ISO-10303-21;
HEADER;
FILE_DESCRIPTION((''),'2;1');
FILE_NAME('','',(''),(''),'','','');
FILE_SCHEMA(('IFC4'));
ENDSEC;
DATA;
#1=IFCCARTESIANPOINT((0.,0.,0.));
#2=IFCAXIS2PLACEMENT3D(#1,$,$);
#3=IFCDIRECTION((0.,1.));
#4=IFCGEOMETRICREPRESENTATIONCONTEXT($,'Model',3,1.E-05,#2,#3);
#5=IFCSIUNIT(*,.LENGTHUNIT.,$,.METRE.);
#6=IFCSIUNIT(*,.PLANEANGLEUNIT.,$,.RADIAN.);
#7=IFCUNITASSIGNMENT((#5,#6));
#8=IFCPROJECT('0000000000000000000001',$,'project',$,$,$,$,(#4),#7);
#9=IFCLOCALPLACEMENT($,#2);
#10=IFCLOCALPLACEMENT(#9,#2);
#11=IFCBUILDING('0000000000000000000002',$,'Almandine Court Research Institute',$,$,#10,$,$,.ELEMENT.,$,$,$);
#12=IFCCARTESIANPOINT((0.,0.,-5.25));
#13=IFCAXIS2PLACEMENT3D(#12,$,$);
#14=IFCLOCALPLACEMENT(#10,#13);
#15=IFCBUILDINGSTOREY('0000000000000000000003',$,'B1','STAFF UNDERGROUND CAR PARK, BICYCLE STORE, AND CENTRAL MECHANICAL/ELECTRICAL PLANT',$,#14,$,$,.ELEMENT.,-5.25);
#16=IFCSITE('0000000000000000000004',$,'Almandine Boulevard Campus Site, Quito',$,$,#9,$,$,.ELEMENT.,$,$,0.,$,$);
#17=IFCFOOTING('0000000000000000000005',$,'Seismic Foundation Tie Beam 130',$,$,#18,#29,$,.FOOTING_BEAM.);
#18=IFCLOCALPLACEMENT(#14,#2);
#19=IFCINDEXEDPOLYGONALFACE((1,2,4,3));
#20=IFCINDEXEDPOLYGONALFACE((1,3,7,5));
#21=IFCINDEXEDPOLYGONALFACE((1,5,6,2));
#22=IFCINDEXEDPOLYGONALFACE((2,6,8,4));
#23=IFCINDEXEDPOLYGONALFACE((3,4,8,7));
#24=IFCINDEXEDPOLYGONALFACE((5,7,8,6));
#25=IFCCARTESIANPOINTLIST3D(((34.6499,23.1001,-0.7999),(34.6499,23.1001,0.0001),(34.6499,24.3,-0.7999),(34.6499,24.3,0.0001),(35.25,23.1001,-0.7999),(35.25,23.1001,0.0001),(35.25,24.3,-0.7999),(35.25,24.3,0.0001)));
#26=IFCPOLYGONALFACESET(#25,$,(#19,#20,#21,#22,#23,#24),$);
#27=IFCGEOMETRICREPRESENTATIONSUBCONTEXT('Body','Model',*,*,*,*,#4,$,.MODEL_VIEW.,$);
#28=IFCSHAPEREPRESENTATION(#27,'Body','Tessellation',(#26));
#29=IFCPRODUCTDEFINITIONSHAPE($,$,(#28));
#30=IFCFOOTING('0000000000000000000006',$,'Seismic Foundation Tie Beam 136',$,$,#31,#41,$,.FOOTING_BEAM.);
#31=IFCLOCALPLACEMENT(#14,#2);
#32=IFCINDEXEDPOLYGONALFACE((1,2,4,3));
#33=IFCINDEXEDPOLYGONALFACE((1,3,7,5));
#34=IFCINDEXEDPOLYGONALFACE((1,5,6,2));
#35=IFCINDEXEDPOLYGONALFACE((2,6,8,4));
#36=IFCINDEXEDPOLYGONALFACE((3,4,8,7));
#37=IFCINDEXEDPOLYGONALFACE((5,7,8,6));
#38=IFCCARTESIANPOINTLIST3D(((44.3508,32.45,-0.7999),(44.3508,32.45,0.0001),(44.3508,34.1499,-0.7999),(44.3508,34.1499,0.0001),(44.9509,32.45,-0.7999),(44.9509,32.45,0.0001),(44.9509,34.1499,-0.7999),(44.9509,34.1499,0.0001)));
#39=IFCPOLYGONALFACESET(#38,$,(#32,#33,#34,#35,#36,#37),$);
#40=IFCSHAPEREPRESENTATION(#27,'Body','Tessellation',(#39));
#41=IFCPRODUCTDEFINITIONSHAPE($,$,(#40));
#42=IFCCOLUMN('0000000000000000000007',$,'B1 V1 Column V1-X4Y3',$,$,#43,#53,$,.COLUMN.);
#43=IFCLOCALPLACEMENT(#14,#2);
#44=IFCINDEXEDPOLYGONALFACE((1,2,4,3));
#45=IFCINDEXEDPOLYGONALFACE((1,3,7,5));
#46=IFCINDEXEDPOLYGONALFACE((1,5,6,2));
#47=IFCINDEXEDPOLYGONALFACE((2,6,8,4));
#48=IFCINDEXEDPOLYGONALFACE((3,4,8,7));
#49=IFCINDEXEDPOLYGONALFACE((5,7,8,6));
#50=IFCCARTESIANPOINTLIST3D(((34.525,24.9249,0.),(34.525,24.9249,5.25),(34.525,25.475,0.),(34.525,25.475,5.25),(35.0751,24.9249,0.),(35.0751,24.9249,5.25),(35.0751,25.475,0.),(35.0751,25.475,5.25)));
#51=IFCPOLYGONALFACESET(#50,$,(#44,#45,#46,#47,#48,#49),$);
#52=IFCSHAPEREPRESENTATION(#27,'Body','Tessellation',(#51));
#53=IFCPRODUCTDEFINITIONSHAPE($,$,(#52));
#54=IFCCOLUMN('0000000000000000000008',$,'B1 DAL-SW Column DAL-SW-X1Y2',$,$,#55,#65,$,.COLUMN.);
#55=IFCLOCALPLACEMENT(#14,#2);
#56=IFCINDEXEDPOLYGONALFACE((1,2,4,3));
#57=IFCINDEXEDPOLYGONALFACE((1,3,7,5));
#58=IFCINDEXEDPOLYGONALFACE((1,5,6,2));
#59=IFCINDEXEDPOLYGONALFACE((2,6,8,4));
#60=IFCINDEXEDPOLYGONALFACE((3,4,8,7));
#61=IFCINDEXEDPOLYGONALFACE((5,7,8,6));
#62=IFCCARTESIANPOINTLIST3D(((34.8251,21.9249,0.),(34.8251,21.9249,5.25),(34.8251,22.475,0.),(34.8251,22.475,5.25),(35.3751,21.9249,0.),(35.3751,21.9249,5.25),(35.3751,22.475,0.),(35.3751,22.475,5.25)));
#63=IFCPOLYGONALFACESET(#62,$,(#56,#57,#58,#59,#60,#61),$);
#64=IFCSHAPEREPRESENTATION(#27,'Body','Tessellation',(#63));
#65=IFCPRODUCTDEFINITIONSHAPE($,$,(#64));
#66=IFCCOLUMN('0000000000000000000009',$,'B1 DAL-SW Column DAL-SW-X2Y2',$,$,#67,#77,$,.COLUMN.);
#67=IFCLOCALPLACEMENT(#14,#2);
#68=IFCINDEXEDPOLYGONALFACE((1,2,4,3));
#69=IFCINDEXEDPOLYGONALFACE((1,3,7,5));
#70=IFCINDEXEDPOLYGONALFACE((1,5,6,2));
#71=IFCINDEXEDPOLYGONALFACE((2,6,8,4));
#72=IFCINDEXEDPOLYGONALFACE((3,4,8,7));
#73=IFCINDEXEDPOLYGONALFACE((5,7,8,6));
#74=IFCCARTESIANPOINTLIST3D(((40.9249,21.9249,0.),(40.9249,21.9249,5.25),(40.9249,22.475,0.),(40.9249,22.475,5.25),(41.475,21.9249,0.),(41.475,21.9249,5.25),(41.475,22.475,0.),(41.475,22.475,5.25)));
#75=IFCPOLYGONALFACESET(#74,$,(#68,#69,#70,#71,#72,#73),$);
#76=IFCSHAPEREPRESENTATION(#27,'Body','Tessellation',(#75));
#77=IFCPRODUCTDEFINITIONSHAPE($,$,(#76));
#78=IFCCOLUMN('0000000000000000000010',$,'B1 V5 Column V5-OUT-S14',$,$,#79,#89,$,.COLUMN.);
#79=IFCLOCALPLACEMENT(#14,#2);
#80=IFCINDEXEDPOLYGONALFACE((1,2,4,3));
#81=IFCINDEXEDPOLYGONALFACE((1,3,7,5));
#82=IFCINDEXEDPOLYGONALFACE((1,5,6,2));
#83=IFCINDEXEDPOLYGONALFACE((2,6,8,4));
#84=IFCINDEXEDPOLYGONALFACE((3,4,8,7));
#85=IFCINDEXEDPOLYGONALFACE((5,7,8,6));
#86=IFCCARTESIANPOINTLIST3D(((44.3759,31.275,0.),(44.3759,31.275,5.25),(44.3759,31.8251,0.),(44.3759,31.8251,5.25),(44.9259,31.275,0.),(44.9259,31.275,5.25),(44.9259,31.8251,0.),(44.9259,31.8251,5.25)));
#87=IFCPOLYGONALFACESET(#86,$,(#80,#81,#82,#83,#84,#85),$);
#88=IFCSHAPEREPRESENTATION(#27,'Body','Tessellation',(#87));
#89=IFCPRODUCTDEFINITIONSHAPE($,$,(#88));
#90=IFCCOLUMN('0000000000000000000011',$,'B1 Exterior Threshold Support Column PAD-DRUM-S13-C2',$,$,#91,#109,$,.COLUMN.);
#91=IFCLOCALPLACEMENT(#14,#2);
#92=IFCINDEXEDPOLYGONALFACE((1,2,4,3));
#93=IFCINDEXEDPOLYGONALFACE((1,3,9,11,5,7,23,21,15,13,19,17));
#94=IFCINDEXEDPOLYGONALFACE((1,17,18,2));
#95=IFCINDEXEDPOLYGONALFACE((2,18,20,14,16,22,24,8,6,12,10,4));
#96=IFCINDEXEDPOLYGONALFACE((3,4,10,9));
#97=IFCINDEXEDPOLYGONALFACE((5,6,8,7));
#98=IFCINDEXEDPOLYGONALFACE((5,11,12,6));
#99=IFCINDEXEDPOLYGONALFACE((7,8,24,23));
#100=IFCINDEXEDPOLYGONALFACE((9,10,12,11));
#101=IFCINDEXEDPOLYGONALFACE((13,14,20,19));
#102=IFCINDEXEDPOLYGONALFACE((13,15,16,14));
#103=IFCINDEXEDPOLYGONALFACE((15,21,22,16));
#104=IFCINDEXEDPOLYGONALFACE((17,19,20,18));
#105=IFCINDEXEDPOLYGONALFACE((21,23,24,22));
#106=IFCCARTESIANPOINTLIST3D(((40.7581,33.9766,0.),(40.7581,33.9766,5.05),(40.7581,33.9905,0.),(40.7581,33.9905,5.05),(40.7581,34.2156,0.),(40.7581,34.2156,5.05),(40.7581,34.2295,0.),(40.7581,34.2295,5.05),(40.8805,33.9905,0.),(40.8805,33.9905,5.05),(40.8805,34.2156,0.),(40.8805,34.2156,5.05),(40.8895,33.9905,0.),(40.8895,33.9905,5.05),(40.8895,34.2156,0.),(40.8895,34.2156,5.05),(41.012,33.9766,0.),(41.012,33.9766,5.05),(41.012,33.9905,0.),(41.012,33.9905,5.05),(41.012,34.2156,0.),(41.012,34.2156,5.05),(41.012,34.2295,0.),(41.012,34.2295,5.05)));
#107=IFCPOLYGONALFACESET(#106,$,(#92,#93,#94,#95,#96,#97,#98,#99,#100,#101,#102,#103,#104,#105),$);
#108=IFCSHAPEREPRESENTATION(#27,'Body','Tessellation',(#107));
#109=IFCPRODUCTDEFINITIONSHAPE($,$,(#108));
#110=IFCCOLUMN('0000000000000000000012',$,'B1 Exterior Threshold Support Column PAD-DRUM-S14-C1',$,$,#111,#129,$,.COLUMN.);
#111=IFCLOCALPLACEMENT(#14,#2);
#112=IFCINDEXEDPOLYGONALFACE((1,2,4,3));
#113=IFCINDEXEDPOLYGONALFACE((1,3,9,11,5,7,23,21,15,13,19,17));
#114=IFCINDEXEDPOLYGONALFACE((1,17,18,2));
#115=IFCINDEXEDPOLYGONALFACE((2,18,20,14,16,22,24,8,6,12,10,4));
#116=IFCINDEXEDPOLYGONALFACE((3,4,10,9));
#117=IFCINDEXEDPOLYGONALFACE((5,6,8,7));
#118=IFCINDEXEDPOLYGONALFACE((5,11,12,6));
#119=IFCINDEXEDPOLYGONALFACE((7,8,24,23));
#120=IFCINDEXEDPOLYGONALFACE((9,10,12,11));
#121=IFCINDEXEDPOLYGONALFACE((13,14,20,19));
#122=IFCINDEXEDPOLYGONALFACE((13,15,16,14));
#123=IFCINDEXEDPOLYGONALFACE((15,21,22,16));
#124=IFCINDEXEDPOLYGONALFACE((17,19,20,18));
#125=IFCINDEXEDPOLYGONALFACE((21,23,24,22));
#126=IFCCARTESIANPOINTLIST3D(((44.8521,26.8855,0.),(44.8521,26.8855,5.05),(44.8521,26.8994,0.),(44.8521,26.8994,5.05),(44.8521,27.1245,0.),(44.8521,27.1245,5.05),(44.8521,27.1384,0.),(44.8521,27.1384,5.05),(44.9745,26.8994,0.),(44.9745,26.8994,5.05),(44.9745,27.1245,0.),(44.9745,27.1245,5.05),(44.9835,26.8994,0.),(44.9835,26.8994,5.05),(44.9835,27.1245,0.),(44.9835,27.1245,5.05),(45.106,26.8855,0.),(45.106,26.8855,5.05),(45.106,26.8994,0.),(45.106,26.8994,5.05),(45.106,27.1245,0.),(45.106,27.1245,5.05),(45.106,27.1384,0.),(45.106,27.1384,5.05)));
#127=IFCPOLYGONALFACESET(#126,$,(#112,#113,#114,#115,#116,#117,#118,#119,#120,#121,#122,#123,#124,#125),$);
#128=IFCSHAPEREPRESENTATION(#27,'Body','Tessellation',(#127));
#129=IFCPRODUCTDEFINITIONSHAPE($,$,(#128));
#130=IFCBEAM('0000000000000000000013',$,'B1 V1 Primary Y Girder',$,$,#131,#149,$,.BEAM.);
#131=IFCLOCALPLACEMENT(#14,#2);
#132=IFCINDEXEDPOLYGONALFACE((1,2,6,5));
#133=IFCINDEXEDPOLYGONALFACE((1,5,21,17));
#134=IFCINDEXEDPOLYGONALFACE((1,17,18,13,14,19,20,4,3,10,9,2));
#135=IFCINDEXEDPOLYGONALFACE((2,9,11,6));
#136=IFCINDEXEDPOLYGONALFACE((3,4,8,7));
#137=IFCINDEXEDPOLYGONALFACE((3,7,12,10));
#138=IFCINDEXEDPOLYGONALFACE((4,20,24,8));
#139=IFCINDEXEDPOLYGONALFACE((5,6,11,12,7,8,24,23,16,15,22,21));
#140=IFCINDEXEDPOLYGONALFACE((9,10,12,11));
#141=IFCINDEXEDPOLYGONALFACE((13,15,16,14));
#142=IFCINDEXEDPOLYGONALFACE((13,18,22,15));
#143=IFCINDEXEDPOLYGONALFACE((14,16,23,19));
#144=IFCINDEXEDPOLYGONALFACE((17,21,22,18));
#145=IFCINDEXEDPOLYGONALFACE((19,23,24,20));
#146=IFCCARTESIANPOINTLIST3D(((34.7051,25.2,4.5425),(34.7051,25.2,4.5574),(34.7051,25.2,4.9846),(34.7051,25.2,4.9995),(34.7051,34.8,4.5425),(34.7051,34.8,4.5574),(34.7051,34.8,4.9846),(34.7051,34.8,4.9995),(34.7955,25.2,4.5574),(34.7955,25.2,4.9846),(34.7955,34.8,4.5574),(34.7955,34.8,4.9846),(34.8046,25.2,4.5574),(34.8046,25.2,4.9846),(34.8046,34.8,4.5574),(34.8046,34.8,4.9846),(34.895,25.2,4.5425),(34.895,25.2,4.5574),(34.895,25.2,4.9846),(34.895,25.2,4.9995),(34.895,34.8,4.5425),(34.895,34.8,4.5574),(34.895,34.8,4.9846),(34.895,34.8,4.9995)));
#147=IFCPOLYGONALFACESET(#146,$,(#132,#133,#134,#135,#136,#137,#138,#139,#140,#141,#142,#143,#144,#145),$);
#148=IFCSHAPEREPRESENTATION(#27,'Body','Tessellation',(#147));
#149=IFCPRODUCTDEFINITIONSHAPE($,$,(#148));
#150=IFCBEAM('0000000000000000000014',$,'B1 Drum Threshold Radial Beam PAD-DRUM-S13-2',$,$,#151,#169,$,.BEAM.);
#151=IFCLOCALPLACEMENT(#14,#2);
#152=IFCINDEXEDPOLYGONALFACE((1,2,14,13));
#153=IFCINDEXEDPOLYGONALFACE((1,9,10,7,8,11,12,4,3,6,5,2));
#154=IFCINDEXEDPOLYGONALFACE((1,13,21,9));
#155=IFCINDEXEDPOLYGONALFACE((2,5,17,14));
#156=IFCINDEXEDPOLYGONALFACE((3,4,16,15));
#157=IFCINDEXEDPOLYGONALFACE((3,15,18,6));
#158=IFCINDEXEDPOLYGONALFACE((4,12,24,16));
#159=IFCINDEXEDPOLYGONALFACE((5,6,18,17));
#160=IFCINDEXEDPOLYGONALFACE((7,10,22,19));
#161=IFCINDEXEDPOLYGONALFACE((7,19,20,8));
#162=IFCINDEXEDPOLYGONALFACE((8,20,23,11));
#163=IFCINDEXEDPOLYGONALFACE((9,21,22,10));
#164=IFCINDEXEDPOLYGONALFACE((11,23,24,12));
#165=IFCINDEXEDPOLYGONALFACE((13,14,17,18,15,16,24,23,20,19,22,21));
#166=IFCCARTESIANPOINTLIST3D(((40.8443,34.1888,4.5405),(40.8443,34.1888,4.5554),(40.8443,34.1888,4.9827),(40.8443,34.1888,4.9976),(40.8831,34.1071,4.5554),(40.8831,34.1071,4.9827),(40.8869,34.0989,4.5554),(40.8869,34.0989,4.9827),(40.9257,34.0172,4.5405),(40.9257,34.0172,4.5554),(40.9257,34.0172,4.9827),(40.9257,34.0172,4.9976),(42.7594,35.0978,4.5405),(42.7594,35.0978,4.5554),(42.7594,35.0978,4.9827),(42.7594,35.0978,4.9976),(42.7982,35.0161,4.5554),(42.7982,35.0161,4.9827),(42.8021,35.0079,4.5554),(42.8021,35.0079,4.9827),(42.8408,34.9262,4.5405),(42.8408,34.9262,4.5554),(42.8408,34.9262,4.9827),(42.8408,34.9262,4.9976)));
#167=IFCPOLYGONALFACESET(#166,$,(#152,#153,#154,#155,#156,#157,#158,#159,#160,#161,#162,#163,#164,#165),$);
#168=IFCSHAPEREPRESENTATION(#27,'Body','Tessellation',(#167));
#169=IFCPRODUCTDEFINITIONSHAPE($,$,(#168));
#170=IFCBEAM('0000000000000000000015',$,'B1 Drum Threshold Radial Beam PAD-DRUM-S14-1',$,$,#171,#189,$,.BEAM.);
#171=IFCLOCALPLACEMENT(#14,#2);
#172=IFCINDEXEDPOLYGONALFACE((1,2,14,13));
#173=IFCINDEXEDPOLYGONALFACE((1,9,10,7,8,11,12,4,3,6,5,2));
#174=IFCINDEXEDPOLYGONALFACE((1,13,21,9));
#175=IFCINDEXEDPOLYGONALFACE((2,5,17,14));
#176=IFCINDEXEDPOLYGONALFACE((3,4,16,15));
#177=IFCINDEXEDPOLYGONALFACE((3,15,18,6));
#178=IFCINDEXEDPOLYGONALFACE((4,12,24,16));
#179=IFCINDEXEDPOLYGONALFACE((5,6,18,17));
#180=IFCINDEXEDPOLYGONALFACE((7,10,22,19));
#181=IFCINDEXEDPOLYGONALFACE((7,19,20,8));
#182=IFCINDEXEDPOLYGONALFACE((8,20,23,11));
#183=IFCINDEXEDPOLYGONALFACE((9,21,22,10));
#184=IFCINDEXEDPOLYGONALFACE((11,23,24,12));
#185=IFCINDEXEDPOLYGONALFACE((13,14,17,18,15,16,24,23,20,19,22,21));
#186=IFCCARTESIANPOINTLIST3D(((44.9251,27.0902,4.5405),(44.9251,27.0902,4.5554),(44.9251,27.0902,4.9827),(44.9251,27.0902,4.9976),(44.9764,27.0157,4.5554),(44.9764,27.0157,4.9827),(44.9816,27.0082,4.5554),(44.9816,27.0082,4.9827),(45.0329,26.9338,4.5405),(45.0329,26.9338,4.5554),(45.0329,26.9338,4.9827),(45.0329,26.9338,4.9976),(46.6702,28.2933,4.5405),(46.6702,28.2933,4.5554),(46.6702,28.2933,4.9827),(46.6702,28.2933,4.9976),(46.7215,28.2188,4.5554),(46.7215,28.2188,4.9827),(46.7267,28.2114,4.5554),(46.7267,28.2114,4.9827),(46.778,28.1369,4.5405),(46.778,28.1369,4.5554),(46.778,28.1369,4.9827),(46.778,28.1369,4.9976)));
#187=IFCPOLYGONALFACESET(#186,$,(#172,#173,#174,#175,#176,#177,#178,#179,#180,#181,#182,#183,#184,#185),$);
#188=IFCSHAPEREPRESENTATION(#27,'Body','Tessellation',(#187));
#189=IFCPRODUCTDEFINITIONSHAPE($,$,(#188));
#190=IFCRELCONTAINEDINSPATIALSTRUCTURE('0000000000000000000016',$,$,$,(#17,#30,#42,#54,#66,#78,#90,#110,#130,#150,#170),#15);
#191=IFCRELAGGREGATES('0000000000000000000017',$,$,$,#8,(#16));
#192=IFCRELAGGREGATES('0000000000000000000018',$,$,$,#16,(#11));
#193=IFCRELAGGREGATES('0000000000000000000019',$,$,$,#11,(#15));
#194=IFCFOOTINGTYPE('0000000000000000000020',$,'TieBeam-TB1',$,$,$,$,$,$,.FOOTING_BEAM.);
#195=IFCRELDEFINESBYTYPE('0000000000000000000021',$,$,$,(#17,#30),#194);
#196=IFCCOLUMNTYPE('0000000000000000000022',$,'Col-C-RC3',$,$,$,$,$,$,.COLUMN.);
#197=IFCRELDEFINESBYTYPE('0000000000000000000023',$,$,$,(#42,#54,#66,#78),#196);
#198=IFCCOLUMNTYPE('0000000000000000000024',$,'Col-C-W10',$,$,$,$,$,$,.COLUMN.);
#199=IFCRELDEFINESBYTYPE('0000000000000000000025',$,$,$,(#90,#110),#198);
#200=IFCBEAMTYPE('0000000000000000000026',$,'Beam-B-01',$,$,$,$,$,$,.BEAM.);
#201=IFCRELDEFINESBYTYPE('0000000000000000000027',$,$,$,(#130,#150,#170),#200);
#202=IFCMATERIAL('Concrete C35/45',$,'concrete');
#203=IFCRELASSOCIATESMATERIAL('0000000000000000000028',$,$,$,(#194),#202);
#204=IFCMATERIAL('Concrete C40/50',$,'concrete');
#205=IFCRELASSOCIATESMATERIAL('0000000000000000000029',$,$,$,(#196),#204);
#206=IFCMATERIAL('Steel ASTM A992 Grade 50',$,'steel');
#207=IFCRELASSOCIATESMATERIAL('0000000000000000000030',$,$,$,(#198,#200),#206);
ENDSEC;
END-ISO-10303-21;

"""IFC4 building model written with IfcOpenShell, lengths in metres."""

from ifc_helpers import new_model, si_unit, direction, frame, origin, origin_2d, place, context, subcontext, project, spatial, rectangle, i_section, extrude, material, material_profile, profile_set, type_object, element, save


model = new_model("IFC4")

# Units and contexts
model_context = context("Model", 3, precision=1e-05, world=origin(), true_north=direction((0.0, 1.0)))
body_context = subcontext(model_context, "Body", "Model", "MODEL_VIEW")
ifc_project = project(units=[si_unit("LENGTHUNIT", "METRE"), si_unit("PLANEANGLEUNIT", "RADIAN")], contexts=[model_context])

# Site, building, storey
site_placement = place(None, origin())
site = spatial("IfcSite", under=ifc_project, at=site_placement, Name="Almandine Boulevard Campus Site, Quito", CompositionType="ELEMENT", RefElevation=0.0)
building_placement = place(site_placement, origin())
building = spatial("IfcBuilding", under=site, at=building_placement, Name="Almandine Court Research Institute", CompositionType="ELEMENT")
storey_placement = place(building_placement, frame((0.0, 0.0, -5.25)))
storey = spatial("IfcBuildingStorey", under=building, at=storey_placement, Name="B1", Description="STAFF UNDERGROUND CAR PARK, BICYCLE STORE, AND CENTRAL MECHANICAL/ELECTRICAL PLANT", CompositionType="ELEMENT", Elevation=-5.25)

# Shared definitions
ifc_material_1 = material(Name="Concrete C35/45", Category="concrete")

# Footings
ifc_material_profile_1 = material_profile(ifc_material_1, rectangle(XDim=0.6001, YDim=0.8, at=origin_2d()), Name="RC TIE 600x800")
ifc_profile_set_1 = profile_set([ifc_material_profile_1], Name="Concrete C35/45")
footing_type_1 = type_object("IfcFootingType", Name="TieBeam-TB1", PredefinedType="FOOTING_BEAM", material=ifc_profile_set_1)
footing_1_placement = place(storey_placement, frame((34.95, 23.1001, -0.3999), z_axis=(0.0, 1.0, 0.0), x_axis=(-1.0, 0.0, 0.0)))
element("IfcFooting", 1, at=footing_1_placement, inside=storey, type_object=footing_type_1, Name="Seismic Foundation Tie Beam 130", PredefinedType="FOOTING_BEAM", context=body_context, shape_type="SweptSolid", body=[
    extrude(rectangle(XDim=0.6001, YDim=0.8, at=origin_2d()), origin(), (0.0, 0.0, 1.0), 1.2),
])
footing_2_placement = place(storey_placement, frame((44.6509, 32.45, -0.3999), z_axis=(0.0, 1.0, 0.0), x_axis=(-1.0, 0.0, 0.0)))
element("IfcFooting", 2, at=footing_2_placement, inside=storey, type_object=footing_type_1, Name="Seismic Foundation Tie Beam 136", PredefinedType="FOOTING_BEAM", context=body_context, shape_type="SweptSolid", body=[
    extrude(rectangle(XDim=0.6001, YDim=0.8, at=origin_2d()), origin(), (0.0, 0.0, 1.0), 1.7),
])

# Columns
ifc_material_2 = material(Name="Concrete C40/50", Category="concrete")
ifc_material_profile_2 = material_profile(ifc_material_2, rectangle(XDim=0.55, YDim=0.55, at=origin_2d()), Name="RC 550x550")
ifc_profile_set_2 = profile_set([ifc_material_profile_2], Name="Concrete C40/50")
column_type_1 = type_object("IfcColumnType", Name="Col-C-RC3", PredefinedType="COLUMN", material=ifc_profile_set_2)
for number, where, z_axis, x_axis, name in (
    (3, (34.8, 25.2, 0.0), (0.0, 0.0, 1.0), (1.0, 0.0, 0.0), "B1 V1 Column V1-X4Y3"),
    (4, (35.1001, 22.2, 0.0), (0.0, 0.0, 1.0), (1.0, 0.0, 0.0), "B1 DAL-SW Column DAL-SW-X1Y2"),
    (5, (41.2, 22.2, 0.0), (0.0, 0.0, 1.0), (1.0, 0.0, 0.0), "B1 DAL-SW Column DAL-SW-X2Y2"),
    (6, (44.6509, 31.55, 0.0), (0.0, 0.0, 1.0), (1.0, 0.0, 0.0), "B1 V5 Column V5-OUT-S14"),
):
    element("IfcColumn", number, at=place(storey_placement, frame(where, z_axis=z_axis, x_axis=x_axis)), inside=storey, type_object=column_type_1, Name=name, PredefinedType="COLUMN", context=body_context, shape_type="SweptSolid", body=[
        extrude(rectangle(XDim=0.55, YDim=0.55, at=origin_2d()), origin(), (0.0, 0.0, 1.0), 5.25),
    ])
ifc_material_3 = material(Name="Steel ASTM A992 Grade 50", Category="steel")
ifc_material_profile_3 = material_profile(ifc_material_3, i_section(OverallWidth=0.2539, OverallDepth=0.2529, WebThickness=0.009, FlangeThickness=0.0139, at=origin_2d()), Name="W250x73")
ifc_profile_set_3 = profile_set([ifc_material_profile_3], Name="Steel ASTM A992 Grade 50")
column_type_2 = type_object("IfcColumnType", Name="Col-C-W10", PredefinedType="COLUMN", material=ifc_profile_set_3)
for number, where, z_axis, x_axis, name in (
    (7, (40.885, 34.103, 0.0), (0.0, 0.0, 1.0), (1.0, 0.0, 0.0), "B1 Exterior Threshold Support Column PAD-DRUM-S13-C2"),
    (8, (44.979, 27.012, 0.0), (0.0, 0.0, 1.0), (1.0, 0.0, 0.0), "B1 Exterior Threshold Support Column PAD-DRUM-S14-C1"),
):
    element("IfcColumn", number, at=place(storey_placement, frame(where, z_axis=z_axis, x_axis=x_axis)), inside=storey, type_object=column_type_2, Name=name, PredefinedType="COLUMN", context=body_context, shape_type="SweptSolid", body=[
        extrude(i_section(OverallWidth=0.2539, OverallDepth=0.2529, WebThickness=0.009, FlangeThickness=0.0139, at=origin_2d()), origin(), (0.0, 0.0, 1.0), 5.05),
    ])

# Beams
ifc_material_profile_4 = material_profile(ifc_material_3, i_section(OverallWidth=0.1899, OverallDepth=0.457, WebThickness=0.009, FlangeThickness=0.0149, at=origin_2d()), Name="W460x74")
ifc_profile_set_4 = profile_set([ifc_material_profile_4], Name="Steel ASTM A992 Grade 50")
beam_type_1 = type_object("IfcBeamType", Name="Beam-B-01", PredefinedType="BEAM", material=ifc_profile_set_4)
beam_1_placement = place(storey_placement, frame((34.8, 25.2, 4.771), z_axis=(0.0, 1.0, 0.0), x_axis=(-1.0, 0.0, 0.0)))
element("IfcBeam", 9, at=beam_1_placement, inside=storey, type_object=beam_type_1, Name="B1 V1 Primary Y Girder", PredefinedType="BEAM", context=body_context, shape_type="SweptSolid", body=[
    extrude(i_section(OverallWidth=0.1899, OverallDepth=0.457, WebThickness=0.009, FlangeThickness=0.0149, at=origin_2d()), origin(), (0.0, 0.0, 1.0), 9.6001),
])
beam_2_placement = place(storey_placement, frame((40.885, 34.103, 4.769), z_axis=(0.903407, 0.428784, 0.0), x_axis=(-0.428784, 0.903407, 0.0)))
element("IfcBeam", 10, at=beam_2_placement, inside=storey, type_object=beam_type_1, Name="B1 Drum Threshold Radial Beam PAD-DRUM-S13-2", PredefinedType="BEAM", context=body_context, shape_type="SweptSolid", body=[
    extrude(i_section(OverallWidth=0.1899, OverallDepth=0.457, WebThickness=0.009, FlangeThickness=0.0149, at=origin_2d()), origin(), (0.0, 0.0, 1.0), 2.1199),
])
beam_3_placement = place(storey_placement, frame((44.979, 27.012, 4.769), z_axis=(0.823302, 0.567604, 0.0), x_axis=(-0.567604, 0.823302, 0.0)))
element("IfcBeam", 11, at=beam_3_placement, inside=storey, type_object=beam_type_1, Name="B1 Drum Threshold Radial Beam PAD-DRUM-S14-1", PredefinedType="BEAM", context=body_context, shape_type="SweptSolid", body=[
    extrude(i_section(OverallWidth=0.1899, OverallDepth=0.457, WebThickness=0.009, FlangeThickness=0.0149, at=origin_2d()), origin(), (0.0, 0.0, 1.0), 2.1196),
])

save(model, "model.ifc")
